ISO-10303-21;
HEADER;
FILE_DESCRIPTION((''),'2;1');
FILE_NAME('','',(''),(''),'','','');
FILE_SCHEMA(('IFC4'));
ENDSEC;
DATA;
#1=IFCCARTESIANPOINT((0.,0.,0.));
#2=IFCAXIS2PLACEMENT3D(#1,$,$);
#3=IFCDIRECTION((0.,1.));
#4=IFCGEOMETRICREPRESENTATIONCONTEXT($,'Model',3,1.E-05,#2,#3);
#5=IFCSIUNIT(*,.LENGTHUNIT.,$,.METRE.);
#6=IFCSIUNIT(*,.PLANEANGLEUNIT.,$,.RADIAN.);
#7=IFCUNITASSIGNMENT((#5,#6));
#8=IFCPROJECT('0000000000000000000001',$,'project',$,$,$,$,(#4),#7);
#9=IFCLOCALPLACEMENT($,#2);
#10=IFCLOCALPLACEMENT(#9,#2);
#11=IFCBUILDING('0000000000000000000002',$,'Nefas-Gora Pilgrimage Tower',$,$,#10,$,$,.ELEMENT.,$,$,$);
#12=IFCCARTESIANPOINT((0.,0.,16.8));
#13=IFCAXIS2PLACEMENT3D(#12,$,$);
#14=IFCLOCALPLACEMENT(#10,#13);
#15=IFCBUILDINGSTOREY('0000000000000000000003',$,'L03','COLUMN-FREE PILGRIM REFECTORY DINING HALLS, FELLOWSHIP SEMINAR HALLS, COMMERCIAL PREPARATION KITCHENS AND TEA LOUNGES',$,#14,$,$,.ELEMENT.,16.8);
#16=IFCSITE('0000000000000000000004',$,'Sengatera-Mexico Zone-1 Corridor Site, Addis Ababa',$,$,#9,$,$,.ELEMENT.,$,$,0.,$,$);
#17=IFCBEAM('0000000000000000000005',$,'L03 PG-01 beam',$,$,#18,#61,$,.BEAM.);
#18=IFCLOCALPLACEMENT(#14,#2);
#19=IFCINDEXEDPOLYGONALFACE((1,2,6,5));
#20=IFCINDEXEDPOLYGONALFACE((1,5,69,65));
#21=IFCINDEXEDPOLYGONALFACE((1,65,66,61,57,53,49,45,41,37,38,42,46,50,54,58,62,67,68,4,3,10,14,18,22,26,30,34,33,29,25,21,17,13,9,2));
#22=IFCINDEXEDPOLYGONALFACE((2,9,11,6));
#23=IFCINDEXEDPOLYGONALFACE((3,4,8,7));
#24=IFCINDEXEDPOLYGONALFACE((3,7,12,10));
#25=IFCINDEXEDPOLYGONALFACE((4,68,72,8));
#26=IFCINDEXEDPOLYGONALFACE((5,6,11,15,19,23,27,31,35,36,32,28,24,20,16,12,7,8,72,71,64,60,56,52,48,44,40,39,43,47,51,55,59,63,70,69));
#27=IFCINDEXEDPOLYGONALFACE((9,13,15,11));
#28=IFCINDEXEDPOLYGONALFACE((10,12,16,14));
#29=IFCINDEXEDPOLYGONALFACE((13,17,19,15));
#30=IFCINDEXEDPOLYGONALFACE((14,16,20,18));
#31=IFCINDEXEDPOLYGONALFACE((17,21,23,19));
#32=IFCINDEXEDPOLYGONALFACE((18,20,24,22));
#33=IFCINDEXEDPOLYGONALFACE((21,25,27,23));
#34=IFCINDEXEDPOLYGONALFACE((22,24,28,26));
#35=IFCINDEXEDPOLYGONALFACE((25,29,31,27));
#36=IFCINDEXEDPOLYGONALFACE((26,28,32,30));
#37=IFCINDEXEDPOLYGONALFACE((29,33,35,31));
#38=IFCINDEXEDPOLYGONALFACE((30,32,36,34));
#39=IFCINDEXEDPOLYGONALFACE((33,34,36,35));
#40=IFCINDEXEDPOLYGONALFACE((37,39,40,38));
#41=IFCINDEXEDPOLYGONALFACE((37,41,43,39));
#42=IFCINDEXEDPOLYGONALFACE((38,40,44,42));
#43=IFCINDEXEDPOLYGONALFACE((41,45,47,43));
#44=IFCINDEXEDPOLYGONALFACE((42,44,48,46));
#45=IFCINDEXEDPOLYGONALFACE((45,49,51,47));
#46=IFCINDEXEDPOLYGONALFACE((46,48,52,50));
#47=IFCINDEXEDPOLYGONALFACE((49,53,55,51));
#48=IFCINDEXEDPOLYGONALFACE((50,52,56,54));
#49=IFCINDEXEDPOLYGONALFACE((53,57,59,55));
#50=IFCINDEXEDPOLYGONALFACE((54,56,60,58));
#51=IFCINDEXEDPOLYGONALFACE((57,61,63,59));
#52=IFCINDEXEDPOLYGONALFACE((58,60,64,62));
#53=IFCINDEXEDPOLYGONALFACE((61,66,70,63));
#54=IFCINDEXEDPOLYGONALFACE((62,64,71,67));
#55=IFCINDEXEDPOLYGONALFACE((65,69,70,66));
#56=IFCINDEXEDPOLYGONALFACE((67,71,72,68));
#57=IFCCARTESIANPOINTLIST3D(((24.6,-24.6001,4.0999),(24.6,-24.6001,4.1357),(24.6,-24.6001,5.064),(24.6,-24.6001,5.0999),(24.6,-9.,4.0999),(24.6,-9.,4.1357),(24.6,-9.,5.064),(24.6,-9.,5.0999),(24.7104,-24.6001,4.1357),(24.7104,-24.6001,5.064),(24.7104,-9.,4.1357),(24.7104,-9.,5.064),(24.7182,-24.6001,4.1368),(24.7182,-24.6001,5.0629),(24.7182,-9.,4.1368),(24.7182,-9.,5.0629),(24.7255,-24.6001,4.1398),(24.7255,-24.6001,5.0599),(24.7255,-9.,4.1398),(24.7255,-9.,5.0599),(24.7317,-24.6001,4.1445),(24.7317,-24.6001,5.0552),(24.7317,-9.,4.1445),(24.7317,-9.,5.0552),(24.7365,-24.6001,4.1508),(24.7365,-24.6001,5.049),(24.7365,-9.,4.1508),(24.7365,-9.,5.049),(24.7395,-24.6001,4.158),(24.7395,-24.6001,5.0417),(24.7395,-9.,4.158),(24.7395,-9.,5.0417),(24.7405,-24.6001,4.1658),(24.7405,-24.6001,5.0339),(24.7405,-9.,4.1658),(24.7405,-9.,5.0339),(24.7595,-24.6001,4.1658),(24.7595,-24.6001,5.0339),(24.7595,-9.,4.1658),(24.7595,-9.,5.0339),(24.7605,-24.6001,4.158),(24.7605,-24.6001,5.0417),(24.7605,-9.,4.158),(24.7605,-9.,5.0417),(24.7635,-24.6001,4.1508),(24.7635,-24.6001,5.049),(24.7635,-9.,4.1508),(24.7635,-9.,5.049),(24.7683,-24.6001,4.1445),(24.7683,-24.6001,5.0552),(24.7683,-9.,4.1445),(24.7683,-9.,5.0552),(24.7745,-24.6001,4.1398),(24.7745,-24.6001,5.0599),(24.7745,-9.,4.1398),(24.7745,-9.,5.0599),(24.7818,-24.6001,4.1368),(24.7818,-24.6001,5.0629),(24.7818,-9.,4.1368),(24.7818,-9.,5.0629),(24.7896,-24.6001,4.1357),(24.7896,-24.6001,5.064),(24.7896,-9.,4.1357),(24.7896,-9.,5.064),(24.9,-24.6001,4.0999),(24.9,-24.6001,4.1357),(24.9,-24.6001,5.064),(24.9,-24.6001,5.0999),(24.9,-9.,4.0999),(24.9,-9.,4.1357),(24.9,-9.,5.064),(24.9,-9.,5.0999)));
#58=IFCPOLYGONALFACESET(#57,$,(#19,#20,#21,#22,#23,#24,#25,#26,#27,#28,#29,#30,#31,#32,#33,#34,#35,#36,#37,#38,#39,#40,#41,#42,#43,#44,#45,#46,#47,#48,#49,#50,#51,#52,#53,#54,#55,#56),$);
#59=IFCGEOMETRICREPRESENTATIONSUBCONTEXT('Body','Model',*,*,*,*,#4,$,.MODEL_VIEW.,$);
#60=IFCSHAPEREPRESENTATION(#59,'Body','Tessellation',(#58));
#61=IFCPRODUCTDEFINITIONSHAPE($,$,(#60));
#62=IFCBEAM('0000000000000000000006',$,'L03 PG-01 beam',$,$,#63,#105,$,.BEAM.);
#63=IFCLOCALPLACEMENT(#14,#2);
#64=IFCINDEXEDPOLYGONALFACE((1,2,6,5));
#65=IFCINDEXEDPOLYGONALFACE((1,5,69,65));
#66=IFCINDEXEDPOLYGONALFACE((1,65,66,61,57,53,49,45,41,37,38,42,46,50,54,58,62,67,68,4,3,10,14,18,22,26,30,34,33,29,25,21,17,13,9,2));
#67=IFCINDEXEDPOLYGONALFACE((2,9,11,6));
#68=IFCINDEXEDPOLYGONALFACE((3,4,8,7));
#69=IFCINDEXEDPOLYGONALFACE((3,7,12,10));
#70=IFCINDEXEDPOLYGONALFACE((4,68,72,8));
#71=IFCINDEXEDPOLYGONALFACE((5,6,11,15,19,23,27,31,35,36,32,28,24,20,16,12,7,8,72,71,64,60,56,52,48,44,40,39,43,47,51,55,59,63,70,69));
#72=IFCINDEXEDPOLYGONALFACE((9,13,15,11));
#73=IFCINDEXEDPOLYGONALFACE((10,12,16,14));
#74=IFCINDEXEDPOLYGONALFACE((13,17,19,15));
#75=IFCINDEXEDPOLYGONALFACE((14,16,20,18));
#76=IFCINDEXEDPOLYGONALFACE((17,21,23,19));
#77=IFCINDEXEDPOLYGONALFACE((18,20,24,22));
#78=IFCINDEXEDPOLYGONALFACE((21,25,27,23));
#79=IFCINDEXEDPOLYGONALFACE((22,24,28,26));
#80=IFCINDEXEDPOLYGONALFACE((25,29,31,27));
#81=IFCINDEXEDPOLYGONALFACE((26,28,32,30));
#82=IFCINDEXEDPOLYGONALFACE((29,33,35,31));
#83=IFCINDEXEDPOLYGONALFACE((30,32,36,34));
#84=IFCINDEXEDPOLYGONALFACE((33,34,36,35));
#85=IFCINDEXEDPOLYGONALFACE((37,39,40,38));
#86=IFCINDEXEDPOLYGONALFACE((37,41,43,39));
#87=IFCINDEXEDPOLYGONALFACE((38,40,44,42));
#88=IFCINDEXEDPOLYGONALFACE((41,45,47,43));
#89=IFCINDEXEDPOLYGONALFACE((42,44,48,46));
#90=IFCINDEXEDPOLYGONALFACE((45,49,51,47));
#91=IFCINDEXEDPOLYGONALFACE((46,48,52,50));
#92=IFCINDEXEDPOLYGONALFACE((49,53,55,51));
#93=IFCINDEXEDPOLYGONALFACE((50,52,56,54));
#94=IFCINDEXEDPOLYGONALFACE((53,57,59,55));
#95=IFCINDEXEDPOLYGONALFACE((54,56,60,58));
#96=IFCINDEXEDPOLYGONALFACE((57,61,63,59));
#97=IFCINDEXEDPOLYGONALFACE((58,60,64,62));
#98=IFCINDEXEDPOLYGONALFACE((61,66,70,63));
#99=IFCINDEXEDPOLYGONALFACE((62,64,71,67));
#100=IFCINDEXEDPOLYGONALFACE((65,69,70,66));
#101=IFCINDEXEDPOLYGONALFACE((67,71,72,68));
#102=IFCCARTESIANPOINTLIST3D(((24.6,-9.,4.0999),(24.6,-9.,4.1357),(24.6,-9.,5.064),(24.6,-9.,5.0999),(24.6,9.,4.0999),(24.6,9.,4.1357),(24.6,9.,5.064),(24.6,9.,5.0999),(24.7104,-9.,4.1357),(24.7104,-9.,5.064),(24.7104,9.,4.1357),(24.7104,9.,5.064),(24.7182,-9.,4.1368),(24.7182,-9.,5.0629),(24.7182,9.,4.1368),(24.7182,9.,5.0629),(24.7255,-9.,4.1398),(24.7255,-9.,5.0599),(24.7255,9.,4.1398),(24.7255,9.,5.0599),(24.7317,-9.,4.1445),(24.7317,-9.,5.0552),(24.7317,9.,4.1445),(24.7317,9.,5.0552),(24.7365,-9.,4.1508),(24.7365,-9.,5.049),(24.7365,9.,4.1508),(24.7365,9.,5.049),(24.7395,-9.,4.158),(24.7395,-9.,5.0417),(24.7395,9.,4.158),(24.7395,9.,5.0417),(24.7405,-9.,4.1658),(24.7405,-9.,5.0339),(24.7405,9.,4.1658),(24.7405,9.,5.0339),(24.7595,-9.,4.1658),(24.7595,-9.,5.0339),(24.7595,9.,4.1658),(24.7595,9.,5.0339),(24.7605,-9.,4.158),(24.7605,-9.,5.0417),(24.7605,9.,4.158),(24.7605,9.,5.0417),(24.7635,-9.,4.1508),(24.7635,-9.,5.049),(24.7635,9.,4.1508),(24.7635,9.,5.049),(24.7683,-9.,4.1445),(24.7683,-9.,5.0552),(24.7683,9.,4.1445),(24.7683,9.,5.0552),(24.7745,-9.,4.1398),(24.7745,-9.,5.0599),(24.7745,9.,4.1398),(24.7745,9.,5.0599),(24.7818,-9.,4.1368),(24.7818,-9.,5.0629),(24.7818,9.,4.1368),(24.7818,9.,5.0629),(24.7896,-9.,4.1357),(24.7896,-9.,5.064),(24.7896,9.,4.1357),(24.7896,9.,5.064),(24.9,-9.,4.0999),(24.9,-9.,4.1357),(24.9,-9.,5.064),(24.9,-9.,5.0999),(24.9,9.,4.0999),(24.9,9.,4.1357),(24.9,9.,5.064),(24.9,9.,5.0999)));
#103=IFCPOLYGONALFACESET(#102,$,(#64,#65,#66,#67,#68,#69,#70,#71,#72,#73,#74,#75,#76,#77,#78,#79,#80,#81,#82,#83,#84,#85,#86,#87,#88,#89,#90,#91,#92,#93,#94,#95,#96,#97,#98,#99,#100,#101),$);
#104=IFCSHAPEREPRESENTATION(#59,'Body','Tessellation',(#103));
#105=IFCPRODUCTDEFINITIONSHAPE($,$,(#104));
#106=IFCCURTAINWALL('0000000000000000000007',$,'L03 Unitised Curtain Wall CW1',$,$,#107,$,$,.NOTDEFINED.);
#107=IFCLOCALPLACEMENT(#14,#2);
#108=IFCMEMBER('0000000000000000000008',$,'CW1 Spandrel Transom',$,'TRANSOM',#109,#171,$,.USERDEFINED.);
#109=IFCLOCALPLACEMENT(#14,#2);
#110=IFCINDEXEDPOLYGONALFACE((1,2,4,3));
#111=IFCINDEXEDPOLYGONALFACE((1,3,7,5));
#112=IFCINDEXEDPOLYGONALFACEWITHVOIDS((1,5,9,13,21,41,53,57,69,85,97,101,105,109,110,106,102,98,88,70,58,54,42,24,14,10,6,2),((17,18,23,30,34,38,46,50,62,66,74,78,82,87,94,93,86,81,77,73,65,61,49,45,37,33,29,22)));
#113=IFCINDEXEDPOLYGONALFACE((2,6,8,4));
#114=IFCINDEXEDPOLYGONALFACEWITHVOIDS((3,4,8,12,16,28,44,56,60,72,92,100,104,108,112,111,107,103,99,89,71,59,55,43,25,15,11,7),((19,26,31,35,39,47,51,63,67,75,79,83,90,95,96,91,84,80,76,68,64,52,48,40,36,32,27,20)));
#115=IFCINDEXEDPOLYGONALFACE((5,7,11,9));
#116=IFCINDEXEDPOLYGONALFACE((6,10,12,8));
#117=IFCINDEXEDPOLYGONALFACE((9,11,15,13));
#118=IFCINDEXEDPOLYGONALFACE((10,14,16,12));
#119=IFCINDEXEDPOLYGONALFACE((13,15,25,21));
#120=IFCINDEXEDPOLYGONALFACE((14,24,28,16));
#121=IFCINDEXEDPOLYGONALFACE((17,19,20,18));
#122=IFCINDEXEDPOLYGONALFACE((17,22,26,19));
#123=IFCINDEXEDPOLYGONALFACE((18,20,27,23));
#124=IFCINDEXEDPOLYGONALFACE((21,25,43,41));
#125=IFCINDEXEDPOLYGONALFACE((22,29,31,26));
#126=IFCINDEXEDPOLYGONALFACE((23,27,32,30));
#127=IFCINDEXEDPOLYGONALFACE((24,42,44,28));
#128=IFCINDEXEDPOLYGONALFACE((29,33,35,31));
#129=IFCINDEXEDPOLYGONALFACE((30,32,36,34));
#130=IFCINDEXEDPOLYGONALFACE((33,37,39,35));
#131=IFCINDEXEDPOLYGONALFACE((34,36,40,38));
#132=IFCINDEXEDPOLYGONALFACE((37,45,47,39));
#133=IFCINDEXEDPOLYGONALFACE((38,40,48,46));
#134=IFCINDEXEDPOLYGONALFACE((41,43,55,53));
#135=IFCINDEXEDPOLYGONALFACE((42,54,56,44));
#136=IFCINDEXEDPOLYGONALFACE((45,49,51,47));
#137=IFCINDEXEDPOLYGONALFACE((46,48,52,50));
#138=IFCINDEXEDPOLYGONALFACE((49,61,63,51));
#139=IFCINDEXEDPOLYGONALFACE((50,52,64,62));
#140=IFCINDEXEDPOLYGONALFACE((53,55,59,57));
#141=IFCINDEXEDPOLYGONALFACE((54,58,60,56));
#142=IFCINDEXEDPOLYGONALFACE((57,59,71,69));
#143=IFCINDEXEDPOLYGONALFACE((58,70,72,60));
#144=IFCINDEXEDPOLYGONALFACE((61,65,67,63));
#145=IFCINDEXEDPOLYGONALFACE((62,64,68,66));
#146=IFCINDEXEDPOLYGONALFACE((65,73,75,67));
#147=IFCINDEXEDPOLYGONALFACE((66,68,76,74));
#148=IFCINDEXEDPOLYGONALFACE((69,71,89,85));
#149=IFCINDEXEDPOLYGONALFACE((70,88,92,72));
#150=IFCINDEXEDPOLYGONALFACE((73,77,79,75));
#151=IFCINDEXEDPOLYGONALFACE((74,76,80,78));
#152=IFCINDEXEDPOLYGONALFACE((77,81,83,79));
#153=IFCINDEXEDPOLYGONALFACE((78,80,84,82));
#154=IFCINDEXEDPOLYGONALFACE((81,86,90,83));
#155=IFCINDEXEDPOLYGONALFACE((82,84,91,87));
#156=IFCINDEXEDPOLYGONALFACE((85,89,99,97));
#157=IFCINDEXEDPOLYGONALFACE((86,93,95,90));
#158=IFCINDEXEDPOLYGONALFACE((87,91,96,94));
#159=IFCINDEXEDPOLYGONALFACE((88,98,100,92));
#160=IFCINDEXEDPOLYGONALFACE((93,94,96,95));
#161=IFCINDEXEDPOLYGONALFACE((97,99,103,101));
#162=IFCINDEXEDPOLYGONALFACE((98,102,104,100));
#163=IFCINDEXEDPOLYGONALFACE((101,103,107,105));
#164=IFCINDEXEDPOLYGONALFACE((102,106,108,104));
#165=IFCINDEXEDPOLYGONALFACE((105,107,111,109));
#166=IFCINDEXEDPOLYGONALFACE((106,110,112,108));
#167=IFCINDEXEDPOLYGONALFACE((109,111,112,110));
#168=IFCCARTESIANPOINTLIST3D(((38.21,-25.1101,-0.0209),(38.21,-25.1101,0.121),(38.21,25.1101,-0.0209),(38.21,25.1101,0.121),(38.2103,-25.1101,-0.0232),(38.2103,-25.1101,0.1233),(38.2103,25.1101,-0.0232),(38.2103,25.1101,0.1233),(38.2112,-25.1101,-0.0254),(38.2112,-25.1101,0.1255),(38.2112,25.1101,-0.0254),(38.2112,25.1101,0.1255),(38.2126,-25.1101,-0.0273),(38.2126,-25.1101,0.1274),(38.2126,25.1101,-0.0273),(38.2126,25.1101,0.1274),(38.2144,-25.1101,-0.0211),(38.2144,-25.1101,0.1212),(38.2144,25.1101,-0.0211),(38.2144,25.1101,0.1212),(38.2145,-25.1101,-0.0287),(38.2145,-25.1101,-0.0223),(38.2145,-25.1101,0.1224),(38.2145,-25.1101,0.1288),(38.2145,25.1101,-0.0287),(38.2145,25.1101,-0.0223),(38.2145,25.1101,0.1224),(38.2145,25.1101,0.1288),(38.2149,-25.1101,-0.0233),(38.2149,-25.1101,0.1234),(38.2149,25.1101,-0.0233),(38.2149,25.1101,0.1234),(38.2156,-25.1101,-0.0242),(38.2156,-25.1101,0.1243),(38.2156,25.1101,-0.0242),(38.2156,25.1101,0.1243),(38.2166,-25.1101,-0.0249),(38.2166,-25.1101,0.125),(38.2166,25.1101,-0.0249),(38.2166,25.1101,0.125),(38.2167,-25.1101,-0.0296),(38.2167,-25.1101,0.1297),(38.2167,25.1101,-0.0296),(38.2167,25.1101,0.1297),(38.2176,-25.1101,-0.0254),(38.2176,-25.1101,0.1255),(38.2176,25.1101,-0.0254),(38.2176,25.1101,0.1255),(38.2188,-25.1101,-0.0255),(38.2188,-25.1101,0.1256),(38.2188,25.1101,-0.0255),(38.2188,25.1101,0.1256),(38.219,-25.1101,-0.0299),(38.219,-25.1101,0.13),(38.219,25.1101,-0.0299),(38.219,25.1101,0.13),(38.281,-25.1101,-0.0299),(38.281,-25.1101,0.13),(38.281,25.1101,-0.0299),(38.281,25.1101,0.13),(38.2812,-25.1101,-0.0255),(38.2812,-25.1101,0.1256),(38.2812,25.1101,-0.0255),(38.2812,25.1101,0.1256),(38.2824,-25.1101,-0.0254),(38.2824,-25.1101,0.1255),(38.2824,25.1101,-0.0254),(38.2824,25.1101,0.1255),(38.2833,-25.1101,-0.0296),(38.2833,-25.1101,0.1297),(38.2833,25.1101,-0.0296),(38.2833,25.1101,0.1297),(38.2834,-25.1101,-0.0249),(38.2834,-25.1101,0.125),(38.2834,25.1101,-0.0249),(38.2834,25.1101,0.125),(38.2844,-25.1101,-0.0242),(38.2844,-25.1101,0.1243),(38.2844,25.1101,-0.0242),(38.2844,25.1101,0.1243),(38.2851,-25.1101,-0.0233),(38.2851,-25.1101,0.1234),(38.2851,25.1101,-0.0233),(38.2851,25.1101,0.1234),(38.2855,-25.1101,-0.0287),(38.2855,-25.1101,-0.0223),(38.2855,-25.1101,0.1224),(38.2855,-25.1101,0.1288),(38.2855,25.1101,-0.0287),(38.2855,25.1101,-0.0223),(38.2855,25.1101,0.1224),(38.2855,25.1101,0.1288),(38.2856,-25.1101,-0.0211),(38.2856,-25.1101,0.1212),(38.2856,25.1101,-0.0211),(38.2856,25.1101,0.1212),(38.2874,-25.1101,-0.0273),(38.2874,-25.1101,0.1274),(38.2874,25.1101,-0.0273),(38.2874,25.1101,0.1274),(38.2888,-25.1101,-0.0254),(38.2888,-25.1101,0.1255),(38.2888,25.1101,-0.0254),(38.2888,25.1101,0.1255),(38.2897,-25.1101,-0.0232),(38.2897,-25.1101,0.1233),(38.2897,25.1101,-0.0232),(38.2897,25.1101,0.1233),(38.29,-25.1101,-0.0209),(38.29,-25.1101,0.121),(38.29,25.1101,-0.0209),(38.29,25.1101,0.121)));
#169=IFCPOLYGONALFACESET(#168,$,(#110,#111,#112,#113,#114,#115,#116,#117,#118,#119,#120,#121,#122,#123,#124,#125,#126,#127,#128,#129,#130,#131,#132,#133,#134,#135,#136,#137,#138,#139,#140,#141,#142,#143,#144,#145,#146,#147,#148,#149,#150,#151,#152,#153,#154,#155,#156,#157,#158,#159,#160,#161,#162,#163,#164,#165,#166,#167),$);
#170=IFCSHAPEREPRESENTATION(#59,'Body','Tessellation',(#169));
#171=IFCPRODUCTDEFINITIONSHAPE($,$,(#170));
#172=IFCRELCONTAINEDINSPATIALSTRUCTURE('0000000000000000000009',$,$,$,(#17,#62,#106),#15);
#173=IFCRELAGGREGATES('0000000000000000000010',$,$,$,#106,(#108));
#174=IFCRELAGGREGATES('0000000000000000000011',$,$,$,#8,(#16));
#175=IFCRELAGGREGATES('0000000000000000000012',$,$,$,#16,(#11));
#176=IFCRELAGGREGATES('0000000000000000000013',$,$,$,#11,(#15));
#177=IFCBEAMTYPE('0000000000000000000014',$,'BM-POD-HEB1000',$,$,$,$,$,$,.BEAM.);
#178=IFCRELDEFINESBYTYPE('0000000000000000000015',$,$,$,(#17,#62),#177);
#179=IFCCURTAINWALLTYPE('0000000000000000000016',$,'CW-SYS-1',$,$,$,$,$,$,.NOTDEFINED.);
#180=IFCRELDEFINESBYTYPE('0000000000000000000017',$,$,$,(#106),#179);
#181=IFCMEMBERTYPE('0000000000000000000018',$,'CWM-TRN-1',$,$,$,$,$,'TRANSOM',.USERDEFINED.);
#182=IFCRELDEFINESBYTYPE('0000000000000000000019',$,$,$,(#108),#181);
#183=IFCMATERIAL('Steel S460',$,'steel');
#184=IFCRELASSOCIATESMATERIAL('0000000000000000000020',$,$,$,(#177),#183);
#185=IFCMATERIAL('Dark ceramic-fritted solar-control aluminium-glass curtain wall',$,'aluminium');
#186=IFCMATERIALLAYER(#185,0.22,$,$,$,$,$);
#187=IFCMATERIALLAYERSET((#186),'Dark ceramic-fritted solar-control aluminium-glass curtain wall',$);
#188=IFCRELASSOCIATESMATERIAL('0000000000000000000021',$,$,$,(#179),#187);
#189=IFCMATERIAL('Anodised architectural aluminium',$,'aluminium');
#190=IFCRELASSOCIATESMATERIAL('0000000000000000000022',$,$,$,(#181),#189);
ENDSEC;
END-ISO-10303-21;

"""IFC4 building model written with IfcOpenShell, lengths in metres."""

from ifc_helpers import new_model, si_unit, direction, frame, origin, origin_2d, place, context, subcontext, project, spatial, hollow_rectangle, i_section, extrude, source, transform, mapped, material, layer, layer_set, material_profile, profile_set, type_object, element, aggregate, save


model = new_model("IFC4")

# Units and contexts
model_context = context("Model", 3, precision=1e-05, world=origin(), true_north=direction((0.0, 1.0)))
body_context = subcontext(model_context, "Body", "Model", "MODEL_VIEW")
ifc_project = project(units=[si_unit("LENGTHUNIT", "METRE"), si_unit("PLANEANGLEUNIT", "RADIAN")], contexts=[model_context])

# Site, building, storey
site_placement = place(None, origin())
site = spatial("IfcSite", under=ifc_project, at=site_placement, Name="Sengatera-Mexico Zone-1 Corridor Site, Addis Ababa", CompositionType="ELEMENT", RefElevation=0.0)
building_placement = place(site_placement, origin())
building = spatial("IfcBuilding", under=site, at=building_placement, Name="Nefas-Gora Pilgrimage Tower", CompositionType="ELEMENT")
storey_placement = place(building_placement, frame((0.0, 0.0, 16.8)))
storey = spatial("IfcBuildingStorey", under=building, at=storey_placement, Name="L03", Description="COLUMN-FREE PILGRIM REFECTORY DINING HALLS, FELLOWSHIP SEMINAR HALLS, COMMERCIAL PREPARATION KITCHENS AND TEA LOUNGES", CompositionType="ELEMENT", Elevation=16.8)

# Shared definitions
ifc_material_1 = material(Name="Steel S460", Category="steel")

# Beams
ifc_material_profile_1 = material_profile(ifc_material_1, i_section(OverallWidth=0.3, OverallDepth=1.0, WebThickness=0.019, FlangeThickness=0.0359, FilletRadius=0.03, at=origin_2d()), Name="HEB 1000")
ifc_profile_set_1 = profile_set([ifc_material_profile_1], Name="Steel S460")
beam_type_1 = type_object("IfcBeamType", Name="BM-POD-HEB1000", PredefinedType="BEAM", material=ifc_profile_set_1)
shared_shape_1 = source(origin(), body_context, "Body", "SweptSolid", [
    extrude(i_section(OverallWidth=0.3, OverallDepth=1.0, WebThickness=0.019, FlangeThickness=0.0359, FilletRadius=0.03, at=origin_2d()), origin(), (0.0, 0.0, 1.0), 15.6001),
])
beam_1_placement = place(storey_placement, frame((24.75, -24.6001, 4.5999), z_axis=(0.0, 1.0, 0.0), x_axis=(-1.0, 0.0, 0.0)))
element("IfcBeam", 1, at=beam_1_placement, inside=storey, type_object=beam_type_1, Name="L03 PG-01 beam", PredefinedType="BEAM", context=body_context, shape_type="MappedRepresentation", body=[
    mapped(shared_shape_1, transform((0.0, 0.0, 0.0), x_axis=(1.0, 0.0, 0.0), y_axis=(0.0, 1.0, 0.0), z_axis=(0.0, 0.0, 1.0), scale=1.0)),
])
shared_shape_2 = source(origin(), body_context, "Body", "SweptSolid", [
    extrude(i_section(OverallWidth=0.3, OverallDepth=1.0, WebThickness=0.019, FlangeThickness=0.0359, FilletRadius=0.03, at=origin_2d()), origin(), (0.0, 0.0, 1.0), 18.0),
])
beam_2_placement = place(storey_placement, frame((24.75, -9.0, 4.5999), z_axis=(0.0, 1.0, 0.0), x_axis=(-1.0, 0.0, 0.0)))
element("IfcBeam", 2, at=beam_2_placement, inside=storey, type_object=beam_type_1, Name="L03 PG-01 beam", PredefinedType="BEAM", context=body_context, shape_type="MappedRepresentation", body=[
    mapped(shared_shape_2, transform((0.0, 0.0, 0.0), x_axis=(1.0, 0.0, 0.0), y_axis=(0.0, 1.0, 0.0), z_axis=(0.0, 0.0, 1.0), scale=1.0)),
])

# Curtain wall, member
ifc_material_2 = material(Name="Dark ceramic-fritted solar-control aluminium-glass curtain wall", Category="aluminium")
ifc_layer_1 = layer(ifc_material_2, 0.22)
ifc_layer_set_1 = layer_set([ifc_layer_1], Name="Dark ceramic-fritted solar-control aluminium-glass curtain wall")
curtain_wall_type = type_object("IfcCurtainWallType", Name="CW-SYS-1", PredefinedType="NOTDEFINED", material=ifc_layer_set_1)
curtain_wall_1_placement = place(storey_placement, origin())
curtain_wall_1 = element("IfcCurtainWall", 3, at=curtain_wall_1_placement, inside=storey, type_object=curtain_wall_type, Name="L03 Unitised Curtain Wall CW1", PredefinedType="NOTDEFINED")
ifc_material_3 = material(Name="Anodised architectural aluminium", Category="aluminium")
ifc_material_profile_2 = material_profile(ifc_material_3, hollow_rectangle(XDim=0.0801, YDim=0.1599, WallThickness=0.0044, InnerFilletRadius=0.0044, OuterFilletRadius=0.009, at=origin_2d()), Name="ALU TRANSOM 80x160")
ifc_profile_set_2 = profile_set([ifc_material_profile_2], Name="Anodised architectural aluminium")
member_type_1 = type_object("IfcMemberType", Name="CWM-TRN-1", ElementType="TRANSOM", PredefinedType="USERDEFINED", material=ifc_profile_set_2)
shared_shape_3 = source(origin(), body_context, "Body", "SweptSolid", [
    extrude(hollow_rectangle(XDim=0.0801, YDim=0.1599, WallThickness=0.0044, InnerFilletRadius=0.0044, OuterFilletRadius=0.009, at=origin_2d()), origin(), (0.0, 0.0, 1.0), 50.2202),
])
member_1_placement = place(storey_placement, frame((38.25, -25.1101, 0.05), z_axis=(0.0, 1.0, 0.0), x_axis=(-1.0, 0.0, 0.0)))
member_1 = element("IfcMember", 4, at=member_1_placement, type_object=member_type_1, Name="CW1 Spandrel Transom", ObjectType="TRANSOM", PredefinedType="USERDEFINED", context=body_context, shape_type="MappedRepresentation", body=[
    mapped(shared_shape_3, transform((0.0, 0.0, 0.0), x_axis=(1.0, 0.0, 0.0), y_axis=(0.0, 1.0, 0.0), z_axis=(0.0, 0.0, 1.0), scale=1.0)),
])

aggregate(curtain_wall_1, [member_1])

save(model, "model.ifc")
